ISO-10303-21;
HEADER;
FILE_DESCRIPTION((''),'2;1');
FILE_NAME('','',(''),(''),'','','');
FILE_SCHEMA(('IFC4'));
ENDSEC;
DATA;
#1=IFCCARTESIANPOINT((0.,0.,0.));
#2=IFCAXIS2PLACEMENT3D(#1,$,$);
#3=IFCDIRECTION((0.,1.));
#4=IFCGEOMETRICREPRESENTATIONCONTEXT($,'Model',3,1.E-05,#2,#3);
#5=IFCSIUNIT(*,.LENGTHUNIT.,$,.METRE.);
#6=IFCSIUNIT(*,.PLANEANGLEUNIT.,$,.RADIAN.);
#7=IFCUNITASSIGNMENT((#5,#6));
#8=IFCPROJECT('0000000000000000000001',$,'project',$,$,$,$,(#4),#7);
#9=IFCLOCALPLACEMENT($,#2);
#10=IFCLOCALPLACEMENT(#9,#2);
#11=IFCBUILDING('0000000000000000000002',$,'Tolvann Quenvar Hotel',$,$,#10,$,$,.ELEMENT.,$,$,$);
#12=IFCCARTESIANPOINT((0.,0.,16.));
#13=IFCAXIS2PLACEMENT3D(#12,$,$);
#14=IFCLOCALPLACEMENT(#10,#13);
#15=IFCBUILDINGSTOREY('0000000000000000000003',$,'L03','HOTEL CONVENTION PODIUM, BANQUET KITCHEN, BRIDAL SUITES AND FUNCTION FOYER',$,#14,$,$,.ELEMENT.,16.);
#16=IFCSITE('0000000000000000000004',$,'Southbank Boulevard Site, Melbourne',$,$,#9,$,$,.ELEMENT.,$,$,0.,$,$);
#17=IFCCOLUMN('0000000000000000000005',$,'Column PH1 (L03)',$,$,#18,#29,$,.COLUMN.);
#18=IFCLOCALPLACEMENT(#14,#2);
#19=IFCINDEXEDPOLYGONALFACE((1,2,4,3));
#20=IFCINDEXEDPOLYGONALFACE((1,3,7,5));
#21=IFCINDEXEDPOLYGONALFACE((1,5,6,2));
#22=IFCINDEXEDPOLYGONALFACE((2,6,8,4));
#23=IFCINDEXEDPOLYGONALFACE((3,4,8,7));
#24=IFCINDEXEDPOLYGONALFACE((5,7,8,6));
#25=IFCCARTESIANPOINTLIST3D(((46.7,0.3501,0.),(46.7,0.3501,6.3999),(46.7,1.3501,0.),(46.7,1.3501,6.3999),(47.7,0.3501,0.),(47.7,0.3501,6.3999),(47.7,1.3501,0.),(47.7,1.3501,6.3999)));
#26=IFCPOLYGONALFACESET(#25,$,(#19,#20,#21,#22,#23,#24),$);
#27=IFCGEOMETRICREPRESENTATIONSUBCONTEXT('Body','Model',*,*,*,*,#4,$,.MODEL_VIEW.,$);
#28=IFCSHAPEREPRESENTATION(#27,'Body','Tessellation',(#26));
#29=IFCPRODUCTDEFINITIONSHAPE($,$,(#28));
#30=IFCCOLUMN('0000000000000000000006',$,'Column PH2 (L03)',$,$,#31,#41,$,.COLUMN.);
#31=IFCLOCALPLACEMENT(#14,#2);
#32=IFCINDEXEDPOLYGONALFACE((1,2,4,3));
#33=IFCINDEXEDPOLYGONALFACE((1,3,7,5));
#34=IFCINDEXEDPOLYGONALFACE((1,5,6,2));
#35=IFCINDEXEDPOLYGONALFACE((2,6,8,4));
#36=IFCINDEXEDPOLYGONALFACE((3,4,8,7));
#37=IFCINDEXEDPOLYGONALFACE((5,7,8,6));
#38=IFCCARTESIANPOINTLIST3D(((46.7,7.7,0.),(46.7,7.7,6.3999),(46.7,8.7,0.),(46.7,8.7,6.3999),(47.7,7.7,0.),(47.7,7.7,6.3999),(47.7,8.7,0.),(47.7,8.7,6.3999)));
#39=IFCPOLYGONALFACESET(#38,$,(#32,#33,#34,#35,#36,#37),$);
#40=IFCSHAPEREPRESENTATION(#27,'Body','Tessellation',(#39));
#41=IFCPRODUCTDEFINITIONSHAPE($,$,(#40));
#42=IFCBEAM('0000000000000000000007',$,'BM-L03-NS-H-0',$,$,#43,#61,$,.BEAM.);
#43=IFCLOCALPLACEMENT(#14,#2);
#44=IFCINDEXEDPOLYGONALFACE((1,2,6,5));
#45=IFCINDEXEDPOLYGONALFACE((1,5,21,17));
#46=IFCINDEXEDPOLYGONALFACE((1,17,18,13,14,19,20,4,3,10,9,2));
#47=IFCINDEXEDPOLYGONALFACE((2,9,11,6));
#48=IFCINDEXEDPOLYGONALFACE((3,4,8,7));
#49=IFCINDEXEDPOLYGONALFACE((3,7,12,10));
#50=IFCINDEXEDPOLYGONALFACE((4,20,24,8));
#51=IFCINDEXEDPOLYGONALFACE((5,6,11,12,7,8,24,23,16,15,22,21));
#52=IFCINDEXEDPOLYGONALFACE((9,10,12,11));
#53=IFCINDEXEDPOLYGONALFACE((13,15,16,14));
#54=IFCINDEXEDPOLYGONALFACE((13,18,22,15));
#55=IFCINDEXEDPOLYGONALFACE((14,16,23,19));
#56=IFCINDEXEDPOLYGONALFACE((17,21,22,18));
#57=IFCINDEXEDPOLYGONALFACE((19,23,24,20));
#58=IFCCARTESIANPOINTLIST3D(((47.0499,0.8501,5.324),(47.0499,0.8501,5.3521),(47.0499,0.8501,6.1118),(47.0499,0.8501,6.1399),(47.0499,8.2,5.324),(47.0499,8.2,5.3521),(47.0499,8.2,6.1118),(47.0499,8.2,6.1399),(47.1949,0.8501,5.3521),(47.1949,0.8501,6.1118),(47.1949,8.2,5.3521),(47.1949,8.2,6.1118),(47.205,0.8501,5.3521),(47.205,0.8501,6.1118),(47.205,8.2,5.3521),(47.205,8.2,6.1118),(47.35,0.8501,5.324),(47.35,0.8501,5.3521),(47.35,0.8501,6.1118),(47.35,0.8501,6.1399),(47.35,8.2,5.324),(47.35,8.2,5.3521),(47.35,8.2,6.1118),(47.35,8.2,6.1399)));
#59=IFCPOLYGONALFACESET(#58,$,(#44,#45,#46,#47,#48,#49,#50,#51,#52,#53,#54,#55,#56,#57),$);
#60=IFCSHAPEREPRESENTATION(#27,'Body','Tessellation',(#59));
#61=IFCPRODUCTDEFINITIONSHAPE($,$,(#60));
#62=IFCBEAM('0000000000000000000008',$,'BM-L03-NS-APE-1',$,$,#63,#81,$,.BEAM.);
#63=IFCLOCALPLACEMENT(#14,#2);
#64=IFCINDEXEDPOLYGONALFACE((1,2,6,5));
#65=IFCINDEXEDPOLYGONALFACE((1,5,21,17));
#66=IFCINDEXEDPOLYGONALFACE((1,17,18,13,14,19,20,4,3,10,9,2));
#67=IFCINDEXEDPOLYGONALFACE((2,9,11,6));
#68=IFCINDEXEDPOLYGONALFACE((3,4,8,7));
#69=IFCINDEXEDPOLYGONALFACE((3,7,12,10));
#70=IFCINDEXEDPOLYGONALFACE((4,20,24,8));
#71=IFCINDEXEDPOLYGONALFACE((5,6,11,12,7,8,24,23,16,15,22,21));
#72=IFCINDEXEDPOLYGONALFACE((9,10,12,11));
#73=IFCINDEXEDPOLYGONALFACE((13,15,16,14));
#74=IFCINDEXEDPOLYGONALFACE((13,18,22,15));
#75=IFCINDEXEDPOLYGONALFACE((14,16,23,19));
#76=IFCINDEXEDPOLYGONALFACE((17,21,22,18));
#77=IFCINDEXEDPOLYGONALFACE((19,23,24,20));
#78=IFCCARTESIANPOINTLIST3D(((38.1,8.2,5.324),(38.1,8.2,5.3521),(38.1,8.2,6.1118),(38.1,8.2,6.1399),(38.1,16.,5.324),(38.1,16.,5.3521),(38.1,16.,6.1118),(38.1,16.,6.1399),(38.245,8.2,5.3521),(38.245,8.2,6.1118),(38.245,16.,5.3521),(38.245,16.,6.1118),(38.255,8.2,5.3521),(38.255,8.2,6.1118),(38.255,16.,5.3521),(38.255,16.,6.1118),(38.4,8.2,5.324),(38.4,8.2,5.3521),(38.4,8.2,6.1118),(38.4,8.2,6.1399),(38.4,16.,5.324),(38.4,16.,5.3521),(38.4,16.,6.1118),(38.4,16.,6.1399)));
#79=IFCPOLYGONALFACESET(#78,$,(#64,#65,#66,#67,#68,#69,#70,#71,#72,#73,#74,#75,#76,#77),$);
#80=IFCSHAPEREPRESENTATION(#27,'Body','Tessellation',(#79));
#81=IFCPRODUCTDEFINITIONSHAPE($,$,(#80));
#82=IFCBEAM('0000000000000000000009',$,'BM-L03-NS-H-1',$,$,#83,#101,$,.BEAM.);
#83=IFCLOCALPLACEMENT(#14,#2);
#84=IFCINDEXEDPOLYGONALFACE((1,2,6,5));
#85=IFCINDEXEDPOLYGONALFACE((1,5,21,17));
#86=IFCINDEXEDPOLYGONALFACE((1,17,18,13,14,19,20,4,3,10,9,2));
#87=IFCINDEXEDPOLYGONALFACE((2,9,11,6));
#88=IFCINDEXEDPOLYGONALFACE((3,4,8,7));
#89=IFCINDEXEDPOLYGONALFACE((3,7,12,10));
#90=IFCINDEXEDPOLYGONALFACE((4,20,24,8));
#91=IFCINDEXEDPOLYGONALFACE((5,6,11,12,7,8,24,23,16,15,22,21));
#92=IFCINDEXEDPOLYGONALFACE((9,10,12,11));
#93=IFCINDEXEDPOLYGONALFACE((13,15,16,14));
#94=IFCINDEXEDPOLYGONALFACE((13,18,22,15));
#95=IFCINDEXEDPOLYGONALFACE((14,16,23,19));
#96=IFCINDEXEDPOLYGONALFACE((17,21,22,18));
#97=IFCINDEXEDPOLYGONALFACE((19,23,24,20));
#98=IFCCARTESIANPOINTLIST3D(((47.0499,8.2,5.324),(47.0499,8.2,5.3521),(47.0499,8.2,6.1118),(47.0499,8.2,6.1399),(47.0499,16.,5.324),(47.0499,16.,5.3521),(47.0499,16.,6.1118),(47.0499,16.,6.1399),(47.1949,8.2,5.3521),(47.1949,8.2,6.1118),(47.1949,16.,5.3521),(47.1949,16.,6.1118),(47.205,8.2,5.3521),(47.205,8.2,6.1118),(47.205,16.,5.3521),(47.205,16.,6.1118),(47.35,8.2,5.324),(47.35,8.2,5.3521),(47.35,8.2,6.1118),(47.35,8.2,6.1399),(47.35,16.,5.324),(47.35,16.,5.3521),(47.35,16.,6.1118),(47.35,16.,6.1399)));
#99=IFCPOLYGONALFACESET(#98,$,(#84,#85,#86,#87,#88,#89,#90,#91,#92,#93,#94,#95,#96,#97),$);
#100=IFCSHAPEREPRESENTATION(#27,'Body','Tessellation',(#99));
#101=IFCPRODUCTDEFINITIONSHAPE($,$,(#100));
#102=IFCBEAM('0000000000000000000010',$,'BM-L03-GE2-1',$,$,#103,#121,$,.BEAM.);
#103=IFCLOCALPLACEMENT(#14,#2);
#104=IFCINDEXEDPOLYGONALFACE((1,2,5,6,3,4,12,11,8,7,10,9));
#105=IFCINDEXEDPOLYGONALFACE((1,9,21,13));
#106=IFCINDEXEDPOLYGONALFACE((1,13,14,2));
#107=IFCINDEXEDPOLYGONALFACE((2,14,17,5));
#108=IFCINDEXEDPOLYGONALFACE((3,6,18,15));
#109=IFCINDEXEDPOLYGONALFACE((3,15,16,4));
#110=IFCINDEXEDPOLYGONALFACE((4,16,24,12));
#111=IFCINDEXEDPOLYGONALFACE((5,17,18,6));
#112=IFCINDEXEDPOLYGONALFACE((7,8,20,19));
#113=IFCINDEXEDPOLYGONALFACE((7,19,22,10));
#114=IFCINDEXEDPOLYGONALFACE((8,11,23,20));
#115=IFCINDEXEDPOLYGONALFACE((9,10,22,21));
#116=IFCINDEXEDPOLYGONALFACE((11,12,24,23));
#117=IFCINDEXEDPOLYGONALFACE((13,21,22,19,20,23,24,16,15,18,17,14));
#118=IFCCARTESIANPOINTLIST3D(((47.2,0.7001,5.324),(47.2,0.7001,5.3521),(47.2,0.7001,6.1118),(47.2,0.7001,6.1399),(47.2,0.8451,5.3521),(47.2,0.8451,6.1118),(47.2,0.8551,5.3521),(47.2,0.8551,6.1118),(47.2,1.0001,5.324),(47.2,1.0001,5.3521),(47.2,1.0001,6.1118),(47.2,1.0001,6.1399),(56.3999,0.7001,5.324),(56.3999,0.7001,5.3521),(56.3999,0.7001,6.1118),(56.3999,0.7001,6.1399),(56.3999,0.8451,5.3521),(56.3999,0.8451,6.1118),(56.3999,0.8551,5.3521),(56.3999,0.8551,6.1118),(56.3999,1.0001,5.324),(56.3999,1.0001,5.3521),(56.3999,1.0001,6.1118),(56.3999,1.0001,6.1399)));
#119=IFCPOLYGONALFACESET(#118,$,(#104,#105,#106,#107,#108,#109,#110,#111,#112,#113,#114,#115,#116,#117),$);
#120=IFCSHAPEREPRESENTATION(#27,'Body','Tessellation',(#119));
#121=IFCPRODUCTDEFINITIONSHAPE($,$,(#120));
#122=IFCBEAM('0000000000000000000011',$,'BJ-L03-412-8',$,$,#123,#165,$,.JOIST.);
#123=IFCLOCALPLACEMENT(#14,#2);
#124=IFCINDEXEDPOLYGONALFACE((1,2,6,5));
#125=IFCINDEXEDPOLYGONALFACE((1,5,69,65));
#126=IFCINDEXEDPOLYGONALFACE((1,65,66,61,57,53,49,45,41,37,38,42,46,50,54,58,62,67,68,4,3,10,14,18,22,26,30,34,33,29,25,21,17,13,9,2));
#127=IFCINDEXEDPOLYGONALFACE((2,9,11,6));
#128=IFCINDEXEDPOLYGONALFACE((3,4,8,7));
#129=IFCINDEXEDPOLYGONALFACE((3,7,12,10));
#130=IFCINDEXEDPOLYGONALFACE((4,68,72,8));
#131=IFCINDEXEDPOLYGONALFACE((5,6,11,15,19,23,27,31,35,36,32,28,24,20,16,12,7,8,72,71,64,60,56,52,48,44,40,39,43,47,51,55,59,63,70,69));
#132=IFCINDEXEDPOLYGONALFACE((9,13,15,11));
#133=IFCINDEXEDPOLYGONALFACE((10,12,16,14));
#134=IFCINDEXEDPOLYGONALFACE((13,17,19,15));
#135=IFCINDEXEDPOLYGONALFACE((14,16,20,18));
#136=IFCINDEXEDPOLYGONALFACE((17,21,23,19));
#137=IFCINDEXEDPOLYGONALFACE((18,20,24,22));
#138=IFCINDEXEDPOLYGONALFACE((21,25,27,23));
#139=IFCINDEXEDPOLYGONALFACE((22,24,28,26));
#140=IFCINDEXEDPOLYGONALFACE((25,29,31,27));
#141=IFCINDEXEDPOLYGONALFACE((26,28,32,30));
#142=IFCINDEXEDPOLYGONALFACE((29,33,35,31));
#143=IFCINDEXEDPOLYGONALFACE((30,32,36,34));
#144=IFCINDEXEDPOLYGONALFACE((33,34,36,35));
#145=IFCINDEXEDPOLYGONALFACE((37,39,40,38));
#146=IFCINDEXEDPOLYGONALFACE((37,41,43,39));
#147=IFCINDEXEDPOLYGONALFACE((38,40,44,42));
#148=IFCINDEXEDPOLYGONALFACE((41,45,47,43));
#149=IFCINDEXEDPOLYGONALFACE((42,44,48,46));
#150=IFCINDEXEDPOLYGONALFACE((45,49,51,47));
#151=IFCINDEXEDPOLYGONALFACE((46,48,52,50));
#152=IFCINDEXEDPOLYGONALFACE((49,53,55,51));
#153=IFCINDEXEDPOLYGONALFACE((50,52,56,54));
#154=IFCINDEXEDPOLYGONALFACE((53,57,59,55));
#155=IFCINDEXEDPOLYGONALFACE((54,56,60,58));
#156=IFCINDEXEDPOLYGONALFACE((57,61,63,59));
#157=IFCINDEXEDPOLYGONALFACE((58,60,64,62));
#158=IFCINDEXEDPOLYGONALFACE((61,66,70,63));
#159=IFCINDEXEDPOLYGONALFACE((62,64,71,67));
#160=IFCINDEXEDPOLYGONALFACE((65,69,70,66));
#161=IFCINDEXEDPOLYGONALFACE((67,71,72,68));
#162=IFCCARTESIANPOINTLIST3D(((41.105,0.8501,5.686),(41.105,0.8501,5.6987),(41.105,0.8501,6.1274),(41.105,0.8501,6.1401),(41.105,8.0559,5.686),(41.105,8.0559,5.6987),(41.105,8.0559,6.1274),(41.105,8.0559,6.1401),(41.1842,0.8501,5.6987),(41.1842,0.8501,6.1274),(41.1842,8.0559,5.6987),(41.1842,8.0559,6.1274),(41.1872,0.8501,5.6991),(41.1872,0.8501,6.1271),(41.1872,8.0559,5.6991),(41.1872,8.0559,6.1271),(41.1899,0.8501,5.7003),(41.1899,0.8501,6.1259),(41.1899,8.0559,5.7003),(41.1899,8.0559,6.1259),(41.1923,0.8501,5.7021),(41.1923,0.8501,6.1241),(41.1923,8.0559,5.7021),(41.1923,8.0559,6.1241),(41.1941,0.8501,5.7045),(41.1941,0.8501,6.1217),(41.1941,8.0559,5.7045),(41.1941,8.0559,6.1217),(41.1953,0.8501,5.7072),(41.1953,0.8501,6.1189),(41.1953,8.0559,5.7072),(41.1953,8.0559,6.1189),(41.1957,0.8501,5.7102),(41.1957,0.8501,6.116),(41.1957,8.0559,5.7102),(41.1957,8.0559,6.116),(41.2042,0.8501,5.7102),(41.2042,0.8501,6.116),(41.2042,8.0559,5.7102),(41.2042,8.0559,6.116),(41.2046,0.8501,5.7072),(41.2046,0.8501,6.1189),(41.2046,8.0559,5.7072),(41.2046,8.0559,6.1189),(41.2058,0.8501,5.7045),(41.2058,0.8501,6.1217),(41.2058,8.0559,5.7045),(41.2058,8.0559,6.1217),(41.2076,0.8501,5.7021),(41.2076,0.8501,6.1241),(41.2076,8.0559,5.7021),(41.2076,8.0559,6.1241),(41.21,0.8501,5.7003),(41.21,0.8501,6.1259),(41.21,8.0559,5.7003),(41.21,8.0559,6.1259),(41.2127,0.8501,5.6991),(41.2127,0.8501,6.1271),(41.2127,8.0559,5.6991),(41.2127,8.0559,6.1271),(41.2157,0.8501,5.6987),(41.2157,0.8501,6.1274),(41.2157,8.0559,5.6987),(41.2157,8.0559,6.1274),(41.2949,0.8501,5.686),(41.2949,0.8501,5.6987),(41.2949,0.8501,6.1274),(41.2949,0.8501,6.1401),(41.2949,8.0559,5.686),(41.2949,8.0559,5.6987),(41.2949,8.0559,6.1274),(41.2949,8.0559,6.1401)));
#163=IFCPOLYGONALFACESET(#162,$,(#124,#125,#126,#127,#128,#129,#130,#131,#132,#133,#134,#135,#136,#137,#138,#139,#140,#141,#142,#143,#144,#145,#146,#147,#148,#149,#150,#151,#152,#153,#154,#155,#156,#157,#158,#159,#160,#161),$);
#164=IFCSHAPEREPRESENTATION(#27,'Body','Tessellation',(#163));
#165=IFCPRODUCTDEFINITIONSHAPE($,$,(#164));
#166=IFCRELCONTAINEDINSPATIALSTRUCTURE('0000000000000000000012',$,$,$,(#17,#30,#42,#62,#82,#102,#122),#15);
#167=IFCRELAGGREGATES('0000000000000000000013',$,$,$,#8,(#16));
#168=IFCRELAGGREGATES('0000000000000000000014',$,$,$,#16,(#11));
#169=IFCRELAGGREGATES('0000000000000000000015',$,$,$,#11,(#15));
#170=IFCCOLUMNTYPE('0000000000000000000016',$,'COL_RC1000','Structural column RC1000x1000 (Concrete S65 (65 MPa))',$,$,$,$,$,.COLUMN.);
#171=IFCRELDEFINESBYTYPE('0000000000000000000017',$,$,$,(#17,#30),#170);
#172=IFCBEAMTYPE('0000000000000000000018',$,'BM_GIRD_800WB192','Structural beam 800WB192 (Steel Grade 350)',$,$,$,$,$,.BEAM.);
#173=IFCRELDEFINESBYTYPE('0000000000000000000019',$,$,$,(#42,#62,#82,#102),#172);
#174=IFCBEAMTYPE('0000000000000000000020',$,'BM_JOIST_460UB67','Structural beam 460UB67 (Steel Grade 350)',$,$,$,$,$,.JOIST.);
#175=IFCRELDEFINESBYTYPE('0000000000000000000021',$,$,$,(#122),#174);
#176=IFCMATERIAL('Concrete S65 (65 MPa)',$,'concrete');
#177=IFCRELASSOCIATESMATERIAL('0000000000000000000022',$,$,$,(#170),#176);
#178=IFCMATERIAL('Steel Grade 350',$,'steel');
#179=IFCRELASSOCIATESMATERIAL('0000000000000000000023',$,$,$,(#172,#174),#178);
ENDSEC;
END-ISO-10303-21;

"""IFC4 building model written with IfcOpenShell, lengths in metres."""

from ifc_helpers import new_model, si_unit, direction, frame, origin, origin_2d, place, context, subcontext, project, spatial, rectangle, i_section, extrude, source, transform, mapped, material, material_profile, profile_set, type_object, type_shapes, element, save


model = new_model("IFC4")

# Units and contexts
model_context = context("Model", 3, precision=1e-05, world=origin(), true_north=direction((0.0, 1.0)))
body_context = subcontext(model_context, "Body", "Model", "MODEL_VIEW")
ifc_project = project(units=[si_unit("LENGTHUNIT", "METRE"), si_unit("PLANEANGLEUNIT", "RADIAN")], contexts=[model_context])

# Site, building, storey
site_placement = place(None, origin())
site = spatial("IfcSite", under=ifc_project, at=site_placement, Name="Southbank Boulevard Site, Melbourne", CompositionType="ELEMENT", RefElevation=0.0)
building_placement = place(site_placement, origin())
building = spatial("IfcBuilding", under=site, at=building_placement, Name="Tolvann Quenvar Hotel", CompositionType="ELEMENT")
storey_placement = place(building_placement, frame((0.0, 0.0, 16.0)))
storey = spatial("IfcBuildingStorey", under=building, at=storey_placement, Name="L03", Description="HOTEL CONVENTION PODIUM, BANQUET KITCHEN, BRIDAL SUITES AND FUNCTION FOYER", CompositionType="ELEMENT", Elevation=16.0)

# Columns
ifc_material_1 = material(Name="Concrete S65 (65 MPa)", Category="concrete")
ifc_material_profile_1 = material_profile(ifc_material_1, rectangle(XDim=1.0, YDim=1.0, at=origin_2d()), Name="RC1000x1000")
ifc_profile_set_1 = profile_set([ifc_material_profile_1], Name="Concrete S65 (65 MPa)")
column_type = type_object("IfcColumnType", Name="COL_RC1000", Description="Structural column RC1000x1000 (Concrete S65 (65 MPa))", PredefinedType="COLUMN", material=ifc_profile_set_1)
shared_shape_1 = source(origin(), body_context, "Body", "SweptSolid", [
    extrude(rectangle(XDim=1.0, YDim=1.0, at=origin_2d()), origin(), (0.0, 0.0, 1.0), 6.3999),
])
type_shapes(column_type, [shared_shape_1])
for number, where, z_axis, x_axis, name in (
    (1, (47.2, 0.8501, 0.0), (0.0, 0.0, 1.0), (1.0, 0.0, 0.0), "Column PH1 (L03)"),
    (2, (47.2, 8.2, 0.0), (0.0, 0.0, 1.0), (1.0, 0.0, 0.0), "Column PH2 (L03)"),
):
    element("IfcColumn", number, at=place(storey_placement, frame(where, z_axis=z_axis, x_axis=x_axis)), inside=storey, type_object=column_type, Name=name, PredefinedType="COLUMN", context=body_context, shape_type="MappedRepresentation", body=[
        mapped(shared_shape_1, transform((0.0, 0.0, 0.0), x_axis=(1.0, 0.0, 0.0), y_axis=(0.0, 1.0, 0.0), z_axis=(0.0, 0.0, 1.0), scale=1.0)),
    ])

# Beams
ifc_material_2 = material(Name="Steel Grade 350", Category="steel")
ifc_material_profile_2 = material_profile(ifc_material_2, i_section(OverallWidth=0.3, OverallDepth=0.8159, WebThickness=0.01, FlangeThickness=0.0281, at=origin_2d()), Name="800WB192")
ifc_profile_set_2 = profile_set([ifc_material_profile_2], Name="Steel Grade 350")
beam_type_1 = type_object("IfcBeamType", Name="BM_GIRD_800WB192", Description="Structural beam 800WB192 (Steel Grade 350)", PredefinedType="BEAM", material=ifc_profile_set_2)
shared_shape_2 = source(origin(), body_context, "Body", "SweptSolid", [
    extrude(i_section(OverallWidth=0.3, OverallDepth=0.8159, WebThickness=0.01, FlangeThickness=0.0281, at=origin_2d()), origin(), (0.0, 0.0, 1.0), 7.3499),
])
beam_1_placement = place(storey_placement, frame((47.2, 0.8501, 5.7319), z_axis=(0.0, 1.0, 0.0), x_axis=(-1.0, 0.0, 0.0)))
element("IfcBeam", 3, at=beam_1_placement, inside=storey, type_object=beam_type_1, Name="BM-L03-NS-H-0", PredefinedType="BEAM", context=body_context, shape_type="MappedRepresentation", body=[
    mapped(shared_shape_2, transform((0.0, 0.0, 0.0), x_axis=(1.0, 0.0, 0.0), y_axis=(0.0, 1.0, 0.0), z_axis=(0.0, 0.0, 1.0), scale=1.0)),
])
shared_shape_3 = source(origin(), body_context, "Body", "SweptSolid", [
    extrude(i_section(OverallWidth=0.3, OverallDepth=0.8159, WebThickness=0.01, FlangeThickness=0.0281, at=origin_2d()), origin(), (0.0, 0.0, 1.0), 7.8),
])
for number, where, z_axis, x_axis, name in (
    (4, (38.25, 8.2, 5.7319), (0.0, 1.0, 0.0), (-1.0, 0.0, 0.0), "BM-L03-NS-APE-1"),
    (5, (47.2, 8.2, 5.7319), (0.0, 1.0, 0.0), (-1.0, 0.0, 0.0), "BM-L03-NS-H-1"),
):
    element("IfcBeam", number, at=place(storey_placement, frame(where, z_axis=z_axis, x_axis=x_axis)), inside=storey, type_object=beam_type_1, Name=name, PredefinedType="BEAM", context=body_context, shape_type="MappedRepresentation", body=[
        mapped(shared_shape_3, transform((0.0, 0.0, 0.0), x_axis=(1.0, 0.0, 0.0), y_axis=(0.0, 1.0, 0.0), z_axis=(0.0, 0.0, 1.0), scale=1.0)),
    ])
shared_shape_4 = source(origin(), body_context, "Body", "SweptSolid", [
    extrude(i_section(OverallWidth=0.3, OverallDepth=0.8159, WebThickness=0.01, FlangeThickness=0.0281, at=origin_2d()), origin(), (0.0, 0.0, 1.0), 9.2),
])
beam_2_placement = place(storey_placement, frame((47.2, 0.8501, 5.7319), z_axis=(1.0, 0.0, 0.0), x_axis=(0.0, 1.0, 0.0)))
element("IfcBeam", 6, at=beam_2_placement, inside=storey, type_object=beam_type_1, Name="BM-L03-GE2-1", PredefinedType="BEAM", context=body_context, shape_type="MappedRepresentation", body=[
    mapped(shared_shape_4, transform((0.0, 0.0, 0.0), x_axis=(1.0, 0.0, 0.0), y_axis=(0.0, 1.0, 0.0), z_axis=(0.0, 0.0, 1.0), scale=1.0)),
])
ifc_material_profile_3 = material_profile(ifc_material_2, i_section(OverallWidth=0.1899, OverallDepth=0.4541, WebThickness=0.0085, FlangeThickness=0.0127, FilletRadius=0.0115, at=origin_2d()), Name="460UB67")
ifc_profile_set_3 = profile_set([ifc_material_profile_3], Name="Steel Grade 350")
beam_type_2 = type_object("IfcBeamType", Name="BM_JOIST_460UB67", Description="Structural beam 460UB67 (Steel Grade 350)", PredefinedType="JOIST", material=ifc_profile_set_3)
shared_shape_5 = source(origin(), body_context, "Body", "SweptSolid", [
    extrude(i_section(OverallWidth=0.1899, OverallDepth=0.4541, WebThickness=0.0085, FlangeThickness=0.0127, FilletRadius=0.0115, at=origin_2d()), origin(), (0.0, 0.0, 1.0), 7.2058),
])
for number, where, z_axis, x_axis, name in (
    (7, (41.2, 0.8501, 5.9131), (0.0, 1.0, 0.0), (-1.0, 0.0, 0.0), "BJ-L03-412-8"),
):
    element("IfcBeam", number, at=place(storey_placement, frame(where, z_axis=z_axis, x_axis=x_axis)), inside=storey, type_object=beam_type_2, Name=name, PredefinedType="JOIST", context=body_context, shape_type="MappedRepresentation", body=[
        mapped(shared_shape_5, transform((0.0, 0.0, 0.0), x_axis=(1.0, 0.0, 0.0), y_axis=(0.0, 1.0, 0.0), z_axis=(0.0, 0.0, 1.0), scale=1.0)),
    ])

save(model, "model.ifc")
